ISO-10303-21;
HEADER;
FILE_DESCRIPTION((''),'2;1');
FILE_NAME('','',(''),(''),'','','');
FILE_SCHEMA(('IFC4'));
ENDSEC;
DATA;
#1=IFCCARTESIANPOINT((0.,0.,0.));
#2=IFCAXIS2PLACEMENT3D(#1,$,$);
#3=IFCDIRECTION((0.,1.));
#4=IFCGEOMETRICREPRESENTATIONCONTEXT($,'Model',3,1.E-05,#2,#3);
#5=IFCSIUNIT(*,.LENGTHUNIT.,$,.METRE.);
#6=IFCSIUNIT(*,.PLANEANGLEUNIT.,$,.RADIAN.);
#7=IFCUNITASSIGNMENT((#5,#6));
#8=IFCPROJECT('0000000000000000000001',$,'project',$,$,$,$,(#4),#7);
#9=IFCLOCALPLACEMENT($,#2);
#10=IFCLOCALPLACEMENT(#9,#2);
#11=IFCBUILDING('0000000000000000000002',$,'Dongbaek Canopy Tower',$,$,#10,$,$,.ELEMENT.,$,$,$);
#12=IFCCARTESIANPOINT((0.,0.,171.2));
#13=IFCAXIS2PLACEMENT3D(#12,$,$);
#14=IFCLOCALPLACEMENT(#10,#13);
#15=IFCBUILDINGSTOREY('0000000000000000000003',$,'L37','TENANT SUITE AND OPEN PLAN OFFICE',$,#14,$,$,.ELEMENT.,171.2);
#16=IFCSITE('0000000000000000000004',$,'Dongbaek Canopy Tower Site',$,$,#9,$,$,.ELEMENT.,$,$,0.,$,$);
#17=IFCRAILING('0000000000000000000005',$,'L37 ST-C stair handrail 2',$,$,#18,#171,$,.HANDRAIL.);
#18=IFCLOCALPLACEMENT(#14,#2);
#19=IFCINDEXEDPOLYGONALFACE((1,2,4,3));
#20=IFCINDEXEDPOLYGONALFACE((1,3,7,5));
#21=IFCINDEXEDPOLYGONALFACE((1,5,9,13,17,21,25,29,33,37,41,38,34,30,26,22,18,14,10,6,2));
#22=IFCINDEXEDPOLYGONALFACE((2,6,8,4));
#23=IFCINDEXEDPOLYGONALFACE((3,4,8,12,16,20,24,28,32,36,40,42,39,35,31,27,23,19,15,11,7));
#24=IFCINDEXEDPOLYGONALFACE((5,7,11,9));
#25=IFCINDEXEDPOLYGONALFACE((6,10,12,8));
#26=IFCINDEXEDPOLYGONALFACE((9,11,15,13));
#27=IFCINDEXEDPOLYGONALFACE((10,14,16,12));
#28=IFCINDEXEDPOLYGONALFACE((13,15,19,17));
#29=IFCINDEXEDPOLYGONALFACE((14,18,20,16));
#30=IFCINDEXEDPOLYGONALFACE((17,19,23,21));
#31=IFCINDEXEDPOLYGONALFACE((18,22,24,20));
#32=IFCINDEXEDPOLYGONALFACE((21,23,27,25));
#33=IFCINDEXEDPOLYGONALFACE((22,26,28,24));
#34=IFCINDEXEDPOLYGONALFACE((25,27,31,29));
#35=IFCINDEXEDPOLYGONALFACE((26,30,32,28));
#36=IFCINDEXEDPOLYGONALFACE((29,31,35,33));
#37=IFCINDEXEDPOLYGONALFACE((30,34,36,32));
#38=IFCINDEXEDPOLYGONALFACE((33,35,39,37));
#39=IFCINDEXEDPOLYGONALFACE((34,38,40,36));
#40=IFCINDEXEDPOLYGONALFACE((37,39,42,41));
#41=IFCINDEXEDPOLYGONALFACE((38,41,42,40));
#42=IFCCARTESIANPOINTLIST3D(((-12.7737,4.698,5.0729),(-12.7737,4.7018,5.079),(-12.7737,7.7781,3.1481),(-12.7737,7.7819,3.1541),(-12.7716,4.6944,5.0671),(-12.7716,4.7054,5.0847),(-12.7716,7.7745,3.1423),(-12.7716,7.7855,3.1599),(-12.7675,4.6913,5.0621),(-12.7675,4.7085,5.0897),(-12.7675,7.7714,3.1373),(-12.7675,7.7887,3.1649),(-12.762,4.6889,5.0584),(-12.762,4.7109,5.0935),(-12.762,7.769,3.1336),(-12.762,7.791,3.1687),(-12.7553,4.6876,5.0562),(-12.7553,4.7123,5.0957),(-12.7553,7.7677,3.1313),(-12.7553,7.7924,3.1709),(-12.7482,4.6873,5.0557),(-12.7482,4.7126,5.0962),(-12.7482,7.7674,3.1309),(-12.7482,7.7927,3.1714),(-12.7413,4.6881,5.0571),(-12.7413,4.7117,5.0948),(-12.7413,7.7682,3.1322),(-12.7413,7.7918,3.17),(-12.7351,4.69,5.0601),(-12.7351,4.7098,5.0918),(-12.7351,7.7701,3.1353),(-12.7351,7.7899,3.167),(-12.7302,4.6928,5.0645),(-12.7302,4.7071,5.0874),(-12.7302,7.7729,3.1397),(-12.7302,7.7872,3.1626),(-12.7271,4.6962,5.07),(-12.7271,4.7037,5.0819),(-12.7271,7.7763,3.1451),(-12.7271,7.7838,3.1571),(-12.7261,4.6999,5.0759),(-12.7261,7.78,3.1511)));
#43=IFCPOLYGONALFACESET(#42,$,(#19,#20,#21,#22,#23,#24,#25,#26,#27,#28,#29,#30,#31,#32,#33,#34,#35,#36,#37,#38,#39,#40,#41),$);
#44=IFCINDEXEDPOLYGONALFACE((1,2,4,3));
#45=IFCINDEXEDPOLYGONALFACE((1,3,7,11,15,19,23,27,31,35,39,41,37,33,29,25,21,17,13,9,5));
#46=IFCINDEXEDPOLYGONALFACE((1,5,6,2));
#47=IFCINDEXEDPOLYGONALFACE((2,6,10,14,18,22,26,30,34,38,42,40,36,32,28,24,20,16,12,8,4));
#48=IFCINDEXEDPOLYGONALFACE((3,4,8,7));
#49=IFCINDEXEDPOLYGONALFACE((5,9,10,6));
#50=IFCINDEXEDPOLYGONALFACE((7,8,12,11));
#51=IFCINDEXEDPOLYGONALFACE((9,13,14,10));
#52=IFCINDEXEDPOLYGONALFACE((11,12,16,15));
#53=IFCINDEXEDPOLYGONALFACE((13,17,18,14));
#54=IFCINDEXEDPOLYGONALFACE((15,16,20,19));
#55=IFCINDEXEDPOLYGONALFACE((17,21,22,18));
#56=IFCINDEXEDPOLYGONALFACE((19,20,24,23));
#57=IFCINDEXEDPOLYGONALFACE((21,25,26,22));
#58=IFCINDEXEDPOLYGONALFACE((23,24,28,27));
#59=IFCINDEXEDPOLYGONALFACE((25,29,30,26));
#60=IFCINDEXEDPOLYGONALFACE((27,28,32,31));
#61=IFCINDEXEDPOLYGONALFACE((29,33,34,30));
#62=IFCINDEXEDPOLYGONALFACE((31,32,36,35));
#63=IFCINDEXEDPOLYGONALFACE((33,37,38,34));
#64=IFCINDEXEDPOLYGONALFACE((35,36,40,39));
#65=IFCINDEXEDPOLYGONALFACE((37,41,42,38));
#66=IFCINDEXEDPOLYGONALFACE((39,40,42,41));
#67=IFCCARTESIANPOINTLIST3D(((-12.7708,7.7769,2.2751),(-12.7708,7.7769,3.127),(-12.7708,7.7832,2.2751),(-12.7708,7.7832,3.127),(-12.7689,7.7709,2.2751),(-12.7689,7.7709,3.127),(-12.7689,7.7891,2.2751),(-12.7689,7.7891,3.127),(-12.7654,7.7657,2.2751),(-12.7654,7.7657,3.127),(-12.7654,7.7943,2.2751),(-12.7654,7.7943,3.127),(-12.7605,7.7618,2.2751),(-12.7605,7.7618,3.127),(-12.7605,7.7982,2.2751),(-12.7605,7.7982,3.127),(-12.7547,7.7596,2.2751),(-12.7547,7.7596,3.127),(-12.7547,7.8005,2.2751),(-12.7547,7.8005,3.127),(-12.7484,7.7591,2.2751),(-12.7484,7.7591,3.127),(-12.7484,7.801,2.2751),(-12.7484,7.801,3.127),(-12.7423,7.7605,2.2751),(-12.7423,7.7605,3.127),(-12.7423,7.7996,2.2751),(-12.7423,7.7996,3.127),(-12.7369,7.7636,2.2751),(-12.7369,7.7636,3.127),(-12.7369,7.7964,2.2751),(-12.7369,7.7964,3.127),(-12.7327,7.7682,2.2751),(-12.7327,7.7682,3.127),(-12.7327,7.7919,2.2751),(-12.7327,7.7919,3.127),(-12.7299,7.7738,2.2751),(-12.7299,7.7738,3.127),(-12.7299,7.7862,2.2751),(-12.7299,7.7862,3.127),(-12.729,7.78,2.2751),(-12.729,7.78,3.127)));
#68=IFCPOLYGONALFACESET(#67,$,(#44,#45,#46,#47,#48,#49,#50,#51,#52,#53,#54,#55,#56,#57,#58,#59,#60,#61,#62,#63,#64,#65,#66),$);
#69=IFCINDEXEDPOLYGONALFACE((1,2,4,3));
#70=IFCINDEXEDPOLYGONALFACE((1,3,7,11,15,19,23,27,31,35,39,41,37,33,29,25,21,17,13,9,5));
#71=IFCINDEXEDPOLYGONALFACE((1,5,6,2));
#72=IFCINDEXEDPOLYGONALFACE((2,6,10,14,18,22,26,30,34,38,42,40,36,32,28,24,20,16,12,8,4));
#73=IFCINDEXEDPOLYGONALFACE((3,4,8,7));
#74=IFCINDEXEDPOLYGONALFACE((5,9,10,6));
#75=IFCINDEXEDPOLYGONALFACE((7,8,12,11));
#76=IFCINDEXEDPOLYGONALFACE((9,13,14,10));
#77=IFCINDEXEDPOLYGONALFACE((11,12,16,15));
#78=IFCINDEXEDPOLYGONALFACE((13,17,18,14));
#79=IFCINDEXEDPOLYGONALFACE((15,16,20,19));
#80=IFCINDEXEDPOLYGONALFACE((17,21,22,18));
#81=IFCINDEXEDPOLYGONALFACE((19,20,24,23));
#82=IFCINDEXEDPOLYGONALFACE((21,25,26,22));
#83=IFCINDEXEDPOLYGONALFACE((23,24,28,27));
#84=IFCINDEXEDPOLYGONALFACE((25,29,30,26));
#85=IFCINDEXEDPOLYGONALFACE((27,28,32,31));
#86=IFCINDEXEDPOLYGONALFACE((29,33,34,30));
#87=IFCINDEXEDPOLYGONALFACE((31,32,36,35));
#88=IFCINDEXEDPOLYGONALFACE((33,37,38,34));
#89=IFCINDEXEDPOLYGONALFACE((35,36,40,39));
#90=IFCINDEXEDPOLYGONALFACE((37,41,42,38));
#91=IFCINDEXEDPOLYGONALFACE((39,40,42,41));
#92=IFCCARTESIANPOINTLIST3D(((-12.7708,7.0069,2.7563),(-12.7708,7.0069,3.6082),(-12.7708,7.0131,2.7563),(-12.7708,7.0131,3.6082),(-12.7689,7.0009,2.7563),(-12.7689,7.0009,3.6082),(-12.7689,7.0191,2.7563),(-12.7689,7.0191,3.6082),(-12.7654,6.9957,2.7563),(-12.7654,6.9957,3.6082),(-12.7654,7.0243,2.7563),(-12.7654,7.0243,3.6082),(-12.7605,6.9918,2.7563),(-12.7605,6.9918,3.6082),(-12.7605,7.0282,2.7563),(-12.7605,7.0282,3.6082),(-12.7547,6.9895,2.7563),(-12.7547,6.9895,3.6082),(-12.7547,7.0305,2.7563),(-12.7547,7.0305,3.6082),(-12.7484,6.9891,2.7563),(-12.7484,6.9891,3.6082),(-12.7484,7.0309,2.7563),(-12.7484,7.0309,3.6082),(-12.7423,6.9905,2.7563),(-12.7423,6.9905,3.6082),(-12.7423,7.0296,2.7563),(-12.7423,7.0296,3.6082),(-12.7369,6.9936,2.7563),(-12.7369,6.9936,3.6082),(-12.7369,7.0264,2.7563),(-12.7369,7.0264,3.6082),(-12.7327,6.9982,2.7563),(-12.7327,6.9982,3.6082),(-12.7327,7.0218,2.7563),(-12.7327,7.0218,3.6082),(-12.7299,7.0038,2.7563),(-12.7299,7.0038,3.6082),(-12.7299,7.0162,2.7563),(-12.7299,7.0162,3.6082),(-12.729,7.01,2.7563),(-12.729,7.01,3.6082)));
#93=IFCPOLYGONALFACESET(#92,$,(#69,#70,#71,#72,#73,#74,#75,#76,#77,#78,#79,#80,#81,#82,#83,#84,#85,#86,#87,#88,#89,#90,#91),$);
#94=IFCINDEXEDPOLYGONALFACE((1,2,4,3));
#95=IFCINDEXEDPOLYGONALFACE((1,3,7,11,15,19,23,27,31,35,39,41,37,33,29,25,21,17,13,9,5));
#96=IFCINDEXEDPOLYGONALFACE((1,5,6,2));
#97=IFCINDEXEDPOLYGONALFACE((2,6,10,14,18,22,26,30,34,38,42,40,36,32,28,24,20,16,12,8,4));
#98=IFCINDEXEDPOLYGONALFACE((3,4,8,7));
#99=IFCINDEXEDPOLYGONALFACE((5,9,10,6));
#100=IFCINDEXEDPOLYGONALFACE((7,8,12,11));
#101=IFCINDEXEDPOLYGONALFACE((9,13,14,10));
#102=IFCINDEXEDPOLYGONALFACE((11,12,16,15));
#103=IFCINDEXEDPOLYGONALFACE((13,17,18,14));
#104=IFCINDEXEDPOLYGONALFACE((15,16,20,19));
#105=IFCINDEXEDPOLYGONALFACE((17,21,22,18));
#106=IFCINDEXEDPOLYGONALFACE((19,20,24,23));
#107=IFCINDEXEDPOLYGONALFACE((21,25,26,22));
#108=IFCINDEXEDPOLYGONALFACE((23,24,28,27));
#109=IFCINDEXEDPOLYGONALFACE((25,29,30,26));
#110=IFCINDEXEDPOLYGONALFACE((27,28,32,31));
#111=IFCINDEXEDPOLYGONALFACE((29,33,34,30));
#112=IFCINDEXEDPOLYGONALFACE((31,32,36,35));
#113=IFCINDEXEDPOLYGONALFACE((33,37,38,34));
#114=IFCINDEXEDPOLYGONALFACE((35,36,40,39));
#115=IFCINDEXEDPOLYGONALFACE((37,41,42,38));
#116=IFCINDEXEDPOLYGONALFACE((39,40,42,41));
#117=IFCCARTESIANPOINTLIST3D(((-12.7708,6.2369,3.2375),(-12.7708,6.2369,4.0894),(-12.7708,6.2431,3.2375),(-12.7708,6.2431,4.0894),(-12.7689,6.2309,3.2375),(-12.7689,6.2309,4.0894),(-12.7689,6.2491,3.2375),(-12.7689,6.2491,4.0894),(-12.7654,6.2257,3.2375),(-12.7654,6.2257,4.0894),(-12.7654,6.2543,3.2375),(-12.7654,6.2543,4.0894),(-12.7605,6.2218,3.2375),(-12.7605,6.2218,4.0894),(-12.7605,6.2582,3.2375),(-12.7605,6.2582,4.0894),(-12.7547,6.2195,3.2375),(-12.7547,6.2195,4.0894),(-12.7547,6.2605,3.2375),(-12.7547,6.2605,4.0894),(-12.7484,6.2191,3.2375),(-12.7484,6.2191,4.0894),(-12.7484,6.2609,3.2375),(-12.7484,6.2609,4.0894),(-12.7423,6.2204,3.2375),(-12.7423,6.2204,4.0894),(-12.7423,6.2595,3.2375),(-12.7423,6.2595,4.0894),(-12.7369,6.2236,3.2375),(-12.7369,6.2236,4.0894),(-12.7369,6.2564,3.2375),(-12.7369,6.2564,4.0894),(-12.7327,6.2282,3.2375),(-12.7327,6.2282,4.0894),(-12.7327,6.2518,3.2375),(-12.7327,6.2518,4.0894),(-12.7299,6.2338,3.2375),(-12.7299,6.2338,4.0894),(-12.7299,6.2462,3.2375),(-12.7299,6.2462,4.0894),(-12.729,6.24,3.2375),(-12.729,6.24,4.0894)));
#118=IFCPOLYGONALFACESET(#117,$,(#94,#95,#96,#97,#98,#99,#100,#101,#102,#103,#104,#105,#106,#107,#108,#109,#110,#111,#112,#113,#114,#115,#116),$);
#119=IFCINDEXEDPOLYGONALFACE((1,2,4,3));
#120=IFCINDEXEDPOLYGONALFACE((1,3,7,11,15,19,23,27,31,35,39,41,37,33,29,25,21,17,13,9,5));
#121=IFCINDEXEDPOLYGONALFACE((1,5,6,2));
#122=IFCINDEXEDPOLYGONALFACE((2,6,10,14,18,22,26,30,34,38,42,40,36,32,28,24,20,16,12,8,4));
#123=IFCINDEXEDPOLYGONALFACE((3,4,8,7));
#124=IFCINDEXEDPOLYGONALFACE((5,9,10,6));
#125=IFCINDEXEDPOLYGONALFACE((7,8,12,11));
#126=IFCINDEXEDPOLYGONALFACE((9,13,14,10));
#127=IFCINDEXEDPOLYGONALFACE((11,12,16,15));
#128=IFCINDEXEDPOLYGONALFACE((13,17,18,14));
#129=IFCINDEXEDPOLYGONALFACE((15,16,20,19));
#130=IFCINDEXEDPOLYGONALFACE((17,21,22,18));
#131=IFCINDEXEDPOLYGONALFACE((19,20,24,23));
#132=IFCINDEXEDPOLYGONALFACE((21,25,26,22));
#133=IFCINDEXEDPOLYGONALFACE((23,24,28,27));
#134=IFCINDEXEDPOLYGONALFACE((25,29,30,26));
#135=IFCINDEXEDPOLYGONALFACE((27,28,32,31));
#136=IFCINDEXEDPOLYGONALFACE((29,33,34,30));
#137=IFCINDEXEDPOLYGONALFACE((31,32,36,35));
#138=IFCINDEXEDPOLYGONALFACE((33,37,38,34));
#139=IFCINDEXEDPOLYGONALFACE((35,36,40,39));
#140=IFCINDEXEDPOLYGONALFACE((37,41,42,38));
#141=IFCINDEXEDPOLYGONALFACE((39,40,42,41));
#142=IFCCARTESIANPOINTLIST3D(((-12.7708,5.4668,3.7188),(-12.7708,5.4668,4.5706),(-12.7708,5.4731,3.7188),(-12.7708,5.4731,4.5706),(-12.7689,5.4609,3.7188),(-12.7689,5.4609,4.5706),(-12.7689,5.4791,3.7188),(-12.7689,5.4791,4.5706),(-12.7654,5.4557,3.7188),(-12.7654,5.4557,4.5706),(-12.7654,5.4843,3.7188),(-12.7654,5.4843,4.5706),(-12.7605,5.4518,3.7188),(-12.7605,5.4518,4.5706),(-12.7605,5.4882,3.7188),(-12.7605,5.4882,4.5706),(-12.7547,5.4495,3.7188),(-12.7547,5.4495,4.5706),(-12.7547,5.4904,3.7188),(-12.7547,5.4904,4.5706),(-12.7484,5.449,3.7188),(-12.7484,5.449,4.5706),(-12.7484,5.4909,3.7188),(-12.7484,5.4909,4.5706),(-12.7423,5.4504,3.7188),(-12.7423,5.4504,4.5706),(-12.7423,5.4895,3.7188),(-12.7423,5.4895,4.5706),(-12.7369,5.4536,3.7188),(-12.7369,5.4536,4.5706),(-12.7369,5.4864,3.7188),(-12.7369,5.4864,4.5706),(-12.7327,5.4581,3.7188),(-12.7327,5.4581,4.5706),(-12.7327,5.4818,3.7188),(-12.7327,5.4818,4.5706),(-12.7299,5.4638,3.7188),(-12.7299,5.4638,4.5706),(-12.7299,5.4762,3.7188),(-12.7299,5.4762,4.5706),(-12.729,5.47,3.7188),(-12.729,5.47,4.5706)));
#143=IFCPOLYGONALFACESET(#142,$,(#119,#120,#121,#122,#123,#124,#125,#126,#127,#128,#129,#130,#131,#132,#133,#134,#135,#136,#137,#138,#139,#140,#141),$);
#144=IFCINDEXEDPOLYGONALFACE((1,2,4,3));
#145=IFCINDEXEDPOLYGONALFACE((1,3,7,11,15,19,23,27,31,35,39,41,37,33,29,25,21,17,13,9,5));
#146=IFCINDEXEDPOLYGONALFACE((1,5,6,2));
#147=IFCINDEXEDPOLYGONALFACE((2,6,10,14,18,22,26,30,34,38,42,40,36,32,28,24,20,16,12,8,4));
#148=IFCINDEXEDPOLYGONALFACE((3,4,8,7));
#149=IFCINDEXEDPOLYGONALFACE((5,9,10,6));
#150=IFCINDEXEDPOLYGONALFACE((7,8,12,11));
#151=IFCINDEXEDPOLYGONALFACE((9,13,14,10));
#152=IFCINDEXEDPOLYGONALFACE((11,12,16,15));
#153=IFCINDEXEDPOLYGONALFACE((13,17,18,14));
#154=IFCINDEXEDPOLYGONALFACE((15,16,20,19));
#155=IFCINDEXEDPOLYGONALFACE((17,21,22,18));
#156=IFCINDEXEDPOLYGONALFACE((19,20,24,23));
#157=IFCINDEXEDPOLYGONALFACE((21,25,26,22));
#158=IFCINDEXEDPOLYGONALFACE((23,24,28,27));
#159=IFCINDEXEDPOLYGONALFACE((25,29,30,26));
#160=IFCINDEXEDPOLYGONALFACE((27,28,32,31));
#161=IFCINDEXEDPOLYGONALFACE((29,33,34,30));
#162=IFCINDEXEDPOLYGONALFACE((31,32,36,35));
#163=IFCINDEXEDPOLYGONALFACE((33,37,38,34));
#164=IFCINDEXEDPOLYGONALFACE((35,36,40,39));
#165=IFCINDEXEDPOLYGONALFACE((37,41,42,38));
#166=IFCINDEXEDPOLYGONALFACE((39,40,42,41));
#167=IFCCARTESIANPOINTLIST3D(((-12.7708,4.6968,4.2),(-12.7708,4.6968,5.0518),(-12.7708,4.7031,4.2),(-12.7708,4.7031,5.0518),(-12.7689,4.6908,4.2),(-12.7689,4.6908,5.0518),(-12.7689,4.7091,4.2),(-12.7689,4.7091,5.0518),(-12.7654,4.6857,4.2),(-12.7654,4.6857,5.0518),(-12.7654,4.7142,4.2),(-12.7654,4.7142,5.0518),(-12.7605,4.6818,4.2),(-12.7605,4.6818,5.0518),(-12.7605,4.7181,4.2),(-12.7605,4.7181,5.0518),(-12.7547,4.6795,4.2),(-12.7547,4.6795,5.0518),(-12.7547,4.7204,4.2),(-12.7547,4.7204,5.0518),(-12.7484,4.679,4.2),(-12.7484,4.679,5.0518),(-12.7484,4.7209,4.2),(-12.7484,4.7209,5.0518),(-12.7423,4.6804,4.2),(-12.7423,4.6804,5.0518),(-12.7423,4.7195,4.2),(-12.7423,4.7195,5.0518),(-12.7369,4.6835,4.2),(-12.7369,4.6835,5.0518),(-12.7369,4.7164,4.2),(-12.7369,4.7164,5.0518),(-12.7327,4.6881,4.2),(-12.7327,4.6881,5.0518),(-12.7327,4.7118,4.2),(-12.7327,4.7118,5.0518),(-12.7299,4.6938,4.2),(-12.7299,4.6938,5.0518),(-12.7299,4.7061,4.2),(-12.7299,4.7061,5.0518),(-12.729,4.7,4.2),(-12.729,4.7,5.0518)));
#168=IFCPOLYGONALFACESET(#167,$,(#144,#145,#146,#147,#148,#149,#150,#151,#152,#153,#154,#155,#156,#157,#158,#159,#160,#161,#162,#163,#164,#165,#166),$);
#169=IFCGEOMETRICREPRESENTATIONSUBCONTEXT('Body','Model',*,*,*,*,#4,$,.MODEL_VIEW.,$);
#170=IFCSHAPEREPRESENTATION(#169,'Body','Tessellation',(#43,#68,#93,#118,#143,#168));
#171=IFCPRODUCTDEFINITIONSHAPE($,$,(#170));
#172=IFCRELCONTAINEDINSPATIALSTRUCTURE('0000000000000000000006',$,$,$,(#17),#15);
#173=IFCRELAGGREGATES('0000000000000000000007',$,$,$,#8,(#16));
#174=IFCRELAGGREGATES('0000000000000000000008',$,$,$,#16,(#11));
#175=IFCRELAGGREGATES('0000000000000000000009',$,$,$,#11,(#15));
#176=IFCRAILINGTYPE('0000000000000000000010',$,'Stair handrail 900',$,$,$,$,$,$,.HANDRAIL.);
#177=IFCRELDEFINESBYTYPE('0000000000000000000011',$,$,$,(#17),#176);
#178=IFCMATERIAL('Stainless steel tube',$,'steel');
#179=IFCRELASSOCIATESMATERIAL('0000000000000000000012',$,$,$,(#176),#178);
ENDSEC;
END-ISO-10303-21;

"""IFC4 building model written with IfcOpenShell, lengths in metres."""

from ifc_helpers import new_model, si_unit, direction, frame, origin, origin_2d, place, context, subcontext, project, spatial, circle, extrude, material, type_object, element, save


model = new_model("IFC4")

# Units and contexts
model_context = context("Model", 3, precision=1e-05, world=origin(), true_north=direction((0.0, 1.0)))
body_context = subcontext(model_context, "Body", "Model", "MODEL_VIEW")
ifc_project = project(units=[si_unit("LENGTHUNIT", "METRE"), si_unit("PLANEANGLEUNIT", "RADIAN")], contexts=[model_context])

# Site, building, storey
site_placement = place(None, origin())
site = spatial("IfcSite", under=ifc_project, at=site_placement, Name="Dongbaek Canopy Tower Site", CompositionType="ELEMENT", RefElevation=0.0)
building_placement = place(site_placement, origin())
building = spatial("IfcBuilding", under=site, at=building_placement, Name="Dongbaek Canopy Tower", CompositionType="ELEMENT")
storey_placement = place(building_placement, frame((0.0, 0.0, 171.2)))
storey = spatial("IfcBuildingStorey", under=building, at=storey_placement, Name="L37", Description="TENANT SUITE AND OPEN PLAN OFFICE", CompositionType="ELEMENT", Elevation=171.2)

# Railing
ifc_material_1 = material(Name="Stainless steel tube", Category="steel")
railing_type = type_object("IfcRailingType", Name="Stair handrail 900", PredefinedType="HANDRAIL", material=ifc_material_1)
railing_placement = place(storey_placement, frame((-12.75, 7.78, 2.2751)))
element("IfcRailing", 1, at=railing_placement, inside=storey, type_object=railing_type, Name="L37 ST-C stair handrail 2", PredefinedType="HANDRAIL", context=body_context, shape_type="SweptSolid", body=[
    extrude(circle(Radius=0.0239, at=origin_2d()), frame((0.0, 0.0, 0.876), z_axis=(0.0, -0.848029, 0.529951), x_axis=(1.0, 0.0, 0.0)), (0.0, 0.0, 1.0), 3.6321),
    extrude(circle(Radius=0.021, at=origin_2d()), origin(), (0.0, 0.0, 1.0), 0.8518),
    extrude(circle(Radius=0.021, at=origin_2d()), frame((0.0, -0.77, 0.4812)), (0.0, 0.0, 1.0), 0.8518),
    extrude(circle(Radius=0.021, at=origin_2d()), frame((0.0, -1.54, 0.9624)), (0.0, 0.0, 1.0), 0.8518),
    extrude(circle(Radius=0.021, at=origin_2d()), frame((0.0, -2.3101, 1.4436)), (0.0, 0.0, 1.0), 0.8518),
    extrude(circle(Radius=0.021, at=origin_2d()), frame((0.0, -3.0801, 1.9248)), (0.0, 0.0, 1.0), 0.8518),
])

save(model, "model.ifc")
